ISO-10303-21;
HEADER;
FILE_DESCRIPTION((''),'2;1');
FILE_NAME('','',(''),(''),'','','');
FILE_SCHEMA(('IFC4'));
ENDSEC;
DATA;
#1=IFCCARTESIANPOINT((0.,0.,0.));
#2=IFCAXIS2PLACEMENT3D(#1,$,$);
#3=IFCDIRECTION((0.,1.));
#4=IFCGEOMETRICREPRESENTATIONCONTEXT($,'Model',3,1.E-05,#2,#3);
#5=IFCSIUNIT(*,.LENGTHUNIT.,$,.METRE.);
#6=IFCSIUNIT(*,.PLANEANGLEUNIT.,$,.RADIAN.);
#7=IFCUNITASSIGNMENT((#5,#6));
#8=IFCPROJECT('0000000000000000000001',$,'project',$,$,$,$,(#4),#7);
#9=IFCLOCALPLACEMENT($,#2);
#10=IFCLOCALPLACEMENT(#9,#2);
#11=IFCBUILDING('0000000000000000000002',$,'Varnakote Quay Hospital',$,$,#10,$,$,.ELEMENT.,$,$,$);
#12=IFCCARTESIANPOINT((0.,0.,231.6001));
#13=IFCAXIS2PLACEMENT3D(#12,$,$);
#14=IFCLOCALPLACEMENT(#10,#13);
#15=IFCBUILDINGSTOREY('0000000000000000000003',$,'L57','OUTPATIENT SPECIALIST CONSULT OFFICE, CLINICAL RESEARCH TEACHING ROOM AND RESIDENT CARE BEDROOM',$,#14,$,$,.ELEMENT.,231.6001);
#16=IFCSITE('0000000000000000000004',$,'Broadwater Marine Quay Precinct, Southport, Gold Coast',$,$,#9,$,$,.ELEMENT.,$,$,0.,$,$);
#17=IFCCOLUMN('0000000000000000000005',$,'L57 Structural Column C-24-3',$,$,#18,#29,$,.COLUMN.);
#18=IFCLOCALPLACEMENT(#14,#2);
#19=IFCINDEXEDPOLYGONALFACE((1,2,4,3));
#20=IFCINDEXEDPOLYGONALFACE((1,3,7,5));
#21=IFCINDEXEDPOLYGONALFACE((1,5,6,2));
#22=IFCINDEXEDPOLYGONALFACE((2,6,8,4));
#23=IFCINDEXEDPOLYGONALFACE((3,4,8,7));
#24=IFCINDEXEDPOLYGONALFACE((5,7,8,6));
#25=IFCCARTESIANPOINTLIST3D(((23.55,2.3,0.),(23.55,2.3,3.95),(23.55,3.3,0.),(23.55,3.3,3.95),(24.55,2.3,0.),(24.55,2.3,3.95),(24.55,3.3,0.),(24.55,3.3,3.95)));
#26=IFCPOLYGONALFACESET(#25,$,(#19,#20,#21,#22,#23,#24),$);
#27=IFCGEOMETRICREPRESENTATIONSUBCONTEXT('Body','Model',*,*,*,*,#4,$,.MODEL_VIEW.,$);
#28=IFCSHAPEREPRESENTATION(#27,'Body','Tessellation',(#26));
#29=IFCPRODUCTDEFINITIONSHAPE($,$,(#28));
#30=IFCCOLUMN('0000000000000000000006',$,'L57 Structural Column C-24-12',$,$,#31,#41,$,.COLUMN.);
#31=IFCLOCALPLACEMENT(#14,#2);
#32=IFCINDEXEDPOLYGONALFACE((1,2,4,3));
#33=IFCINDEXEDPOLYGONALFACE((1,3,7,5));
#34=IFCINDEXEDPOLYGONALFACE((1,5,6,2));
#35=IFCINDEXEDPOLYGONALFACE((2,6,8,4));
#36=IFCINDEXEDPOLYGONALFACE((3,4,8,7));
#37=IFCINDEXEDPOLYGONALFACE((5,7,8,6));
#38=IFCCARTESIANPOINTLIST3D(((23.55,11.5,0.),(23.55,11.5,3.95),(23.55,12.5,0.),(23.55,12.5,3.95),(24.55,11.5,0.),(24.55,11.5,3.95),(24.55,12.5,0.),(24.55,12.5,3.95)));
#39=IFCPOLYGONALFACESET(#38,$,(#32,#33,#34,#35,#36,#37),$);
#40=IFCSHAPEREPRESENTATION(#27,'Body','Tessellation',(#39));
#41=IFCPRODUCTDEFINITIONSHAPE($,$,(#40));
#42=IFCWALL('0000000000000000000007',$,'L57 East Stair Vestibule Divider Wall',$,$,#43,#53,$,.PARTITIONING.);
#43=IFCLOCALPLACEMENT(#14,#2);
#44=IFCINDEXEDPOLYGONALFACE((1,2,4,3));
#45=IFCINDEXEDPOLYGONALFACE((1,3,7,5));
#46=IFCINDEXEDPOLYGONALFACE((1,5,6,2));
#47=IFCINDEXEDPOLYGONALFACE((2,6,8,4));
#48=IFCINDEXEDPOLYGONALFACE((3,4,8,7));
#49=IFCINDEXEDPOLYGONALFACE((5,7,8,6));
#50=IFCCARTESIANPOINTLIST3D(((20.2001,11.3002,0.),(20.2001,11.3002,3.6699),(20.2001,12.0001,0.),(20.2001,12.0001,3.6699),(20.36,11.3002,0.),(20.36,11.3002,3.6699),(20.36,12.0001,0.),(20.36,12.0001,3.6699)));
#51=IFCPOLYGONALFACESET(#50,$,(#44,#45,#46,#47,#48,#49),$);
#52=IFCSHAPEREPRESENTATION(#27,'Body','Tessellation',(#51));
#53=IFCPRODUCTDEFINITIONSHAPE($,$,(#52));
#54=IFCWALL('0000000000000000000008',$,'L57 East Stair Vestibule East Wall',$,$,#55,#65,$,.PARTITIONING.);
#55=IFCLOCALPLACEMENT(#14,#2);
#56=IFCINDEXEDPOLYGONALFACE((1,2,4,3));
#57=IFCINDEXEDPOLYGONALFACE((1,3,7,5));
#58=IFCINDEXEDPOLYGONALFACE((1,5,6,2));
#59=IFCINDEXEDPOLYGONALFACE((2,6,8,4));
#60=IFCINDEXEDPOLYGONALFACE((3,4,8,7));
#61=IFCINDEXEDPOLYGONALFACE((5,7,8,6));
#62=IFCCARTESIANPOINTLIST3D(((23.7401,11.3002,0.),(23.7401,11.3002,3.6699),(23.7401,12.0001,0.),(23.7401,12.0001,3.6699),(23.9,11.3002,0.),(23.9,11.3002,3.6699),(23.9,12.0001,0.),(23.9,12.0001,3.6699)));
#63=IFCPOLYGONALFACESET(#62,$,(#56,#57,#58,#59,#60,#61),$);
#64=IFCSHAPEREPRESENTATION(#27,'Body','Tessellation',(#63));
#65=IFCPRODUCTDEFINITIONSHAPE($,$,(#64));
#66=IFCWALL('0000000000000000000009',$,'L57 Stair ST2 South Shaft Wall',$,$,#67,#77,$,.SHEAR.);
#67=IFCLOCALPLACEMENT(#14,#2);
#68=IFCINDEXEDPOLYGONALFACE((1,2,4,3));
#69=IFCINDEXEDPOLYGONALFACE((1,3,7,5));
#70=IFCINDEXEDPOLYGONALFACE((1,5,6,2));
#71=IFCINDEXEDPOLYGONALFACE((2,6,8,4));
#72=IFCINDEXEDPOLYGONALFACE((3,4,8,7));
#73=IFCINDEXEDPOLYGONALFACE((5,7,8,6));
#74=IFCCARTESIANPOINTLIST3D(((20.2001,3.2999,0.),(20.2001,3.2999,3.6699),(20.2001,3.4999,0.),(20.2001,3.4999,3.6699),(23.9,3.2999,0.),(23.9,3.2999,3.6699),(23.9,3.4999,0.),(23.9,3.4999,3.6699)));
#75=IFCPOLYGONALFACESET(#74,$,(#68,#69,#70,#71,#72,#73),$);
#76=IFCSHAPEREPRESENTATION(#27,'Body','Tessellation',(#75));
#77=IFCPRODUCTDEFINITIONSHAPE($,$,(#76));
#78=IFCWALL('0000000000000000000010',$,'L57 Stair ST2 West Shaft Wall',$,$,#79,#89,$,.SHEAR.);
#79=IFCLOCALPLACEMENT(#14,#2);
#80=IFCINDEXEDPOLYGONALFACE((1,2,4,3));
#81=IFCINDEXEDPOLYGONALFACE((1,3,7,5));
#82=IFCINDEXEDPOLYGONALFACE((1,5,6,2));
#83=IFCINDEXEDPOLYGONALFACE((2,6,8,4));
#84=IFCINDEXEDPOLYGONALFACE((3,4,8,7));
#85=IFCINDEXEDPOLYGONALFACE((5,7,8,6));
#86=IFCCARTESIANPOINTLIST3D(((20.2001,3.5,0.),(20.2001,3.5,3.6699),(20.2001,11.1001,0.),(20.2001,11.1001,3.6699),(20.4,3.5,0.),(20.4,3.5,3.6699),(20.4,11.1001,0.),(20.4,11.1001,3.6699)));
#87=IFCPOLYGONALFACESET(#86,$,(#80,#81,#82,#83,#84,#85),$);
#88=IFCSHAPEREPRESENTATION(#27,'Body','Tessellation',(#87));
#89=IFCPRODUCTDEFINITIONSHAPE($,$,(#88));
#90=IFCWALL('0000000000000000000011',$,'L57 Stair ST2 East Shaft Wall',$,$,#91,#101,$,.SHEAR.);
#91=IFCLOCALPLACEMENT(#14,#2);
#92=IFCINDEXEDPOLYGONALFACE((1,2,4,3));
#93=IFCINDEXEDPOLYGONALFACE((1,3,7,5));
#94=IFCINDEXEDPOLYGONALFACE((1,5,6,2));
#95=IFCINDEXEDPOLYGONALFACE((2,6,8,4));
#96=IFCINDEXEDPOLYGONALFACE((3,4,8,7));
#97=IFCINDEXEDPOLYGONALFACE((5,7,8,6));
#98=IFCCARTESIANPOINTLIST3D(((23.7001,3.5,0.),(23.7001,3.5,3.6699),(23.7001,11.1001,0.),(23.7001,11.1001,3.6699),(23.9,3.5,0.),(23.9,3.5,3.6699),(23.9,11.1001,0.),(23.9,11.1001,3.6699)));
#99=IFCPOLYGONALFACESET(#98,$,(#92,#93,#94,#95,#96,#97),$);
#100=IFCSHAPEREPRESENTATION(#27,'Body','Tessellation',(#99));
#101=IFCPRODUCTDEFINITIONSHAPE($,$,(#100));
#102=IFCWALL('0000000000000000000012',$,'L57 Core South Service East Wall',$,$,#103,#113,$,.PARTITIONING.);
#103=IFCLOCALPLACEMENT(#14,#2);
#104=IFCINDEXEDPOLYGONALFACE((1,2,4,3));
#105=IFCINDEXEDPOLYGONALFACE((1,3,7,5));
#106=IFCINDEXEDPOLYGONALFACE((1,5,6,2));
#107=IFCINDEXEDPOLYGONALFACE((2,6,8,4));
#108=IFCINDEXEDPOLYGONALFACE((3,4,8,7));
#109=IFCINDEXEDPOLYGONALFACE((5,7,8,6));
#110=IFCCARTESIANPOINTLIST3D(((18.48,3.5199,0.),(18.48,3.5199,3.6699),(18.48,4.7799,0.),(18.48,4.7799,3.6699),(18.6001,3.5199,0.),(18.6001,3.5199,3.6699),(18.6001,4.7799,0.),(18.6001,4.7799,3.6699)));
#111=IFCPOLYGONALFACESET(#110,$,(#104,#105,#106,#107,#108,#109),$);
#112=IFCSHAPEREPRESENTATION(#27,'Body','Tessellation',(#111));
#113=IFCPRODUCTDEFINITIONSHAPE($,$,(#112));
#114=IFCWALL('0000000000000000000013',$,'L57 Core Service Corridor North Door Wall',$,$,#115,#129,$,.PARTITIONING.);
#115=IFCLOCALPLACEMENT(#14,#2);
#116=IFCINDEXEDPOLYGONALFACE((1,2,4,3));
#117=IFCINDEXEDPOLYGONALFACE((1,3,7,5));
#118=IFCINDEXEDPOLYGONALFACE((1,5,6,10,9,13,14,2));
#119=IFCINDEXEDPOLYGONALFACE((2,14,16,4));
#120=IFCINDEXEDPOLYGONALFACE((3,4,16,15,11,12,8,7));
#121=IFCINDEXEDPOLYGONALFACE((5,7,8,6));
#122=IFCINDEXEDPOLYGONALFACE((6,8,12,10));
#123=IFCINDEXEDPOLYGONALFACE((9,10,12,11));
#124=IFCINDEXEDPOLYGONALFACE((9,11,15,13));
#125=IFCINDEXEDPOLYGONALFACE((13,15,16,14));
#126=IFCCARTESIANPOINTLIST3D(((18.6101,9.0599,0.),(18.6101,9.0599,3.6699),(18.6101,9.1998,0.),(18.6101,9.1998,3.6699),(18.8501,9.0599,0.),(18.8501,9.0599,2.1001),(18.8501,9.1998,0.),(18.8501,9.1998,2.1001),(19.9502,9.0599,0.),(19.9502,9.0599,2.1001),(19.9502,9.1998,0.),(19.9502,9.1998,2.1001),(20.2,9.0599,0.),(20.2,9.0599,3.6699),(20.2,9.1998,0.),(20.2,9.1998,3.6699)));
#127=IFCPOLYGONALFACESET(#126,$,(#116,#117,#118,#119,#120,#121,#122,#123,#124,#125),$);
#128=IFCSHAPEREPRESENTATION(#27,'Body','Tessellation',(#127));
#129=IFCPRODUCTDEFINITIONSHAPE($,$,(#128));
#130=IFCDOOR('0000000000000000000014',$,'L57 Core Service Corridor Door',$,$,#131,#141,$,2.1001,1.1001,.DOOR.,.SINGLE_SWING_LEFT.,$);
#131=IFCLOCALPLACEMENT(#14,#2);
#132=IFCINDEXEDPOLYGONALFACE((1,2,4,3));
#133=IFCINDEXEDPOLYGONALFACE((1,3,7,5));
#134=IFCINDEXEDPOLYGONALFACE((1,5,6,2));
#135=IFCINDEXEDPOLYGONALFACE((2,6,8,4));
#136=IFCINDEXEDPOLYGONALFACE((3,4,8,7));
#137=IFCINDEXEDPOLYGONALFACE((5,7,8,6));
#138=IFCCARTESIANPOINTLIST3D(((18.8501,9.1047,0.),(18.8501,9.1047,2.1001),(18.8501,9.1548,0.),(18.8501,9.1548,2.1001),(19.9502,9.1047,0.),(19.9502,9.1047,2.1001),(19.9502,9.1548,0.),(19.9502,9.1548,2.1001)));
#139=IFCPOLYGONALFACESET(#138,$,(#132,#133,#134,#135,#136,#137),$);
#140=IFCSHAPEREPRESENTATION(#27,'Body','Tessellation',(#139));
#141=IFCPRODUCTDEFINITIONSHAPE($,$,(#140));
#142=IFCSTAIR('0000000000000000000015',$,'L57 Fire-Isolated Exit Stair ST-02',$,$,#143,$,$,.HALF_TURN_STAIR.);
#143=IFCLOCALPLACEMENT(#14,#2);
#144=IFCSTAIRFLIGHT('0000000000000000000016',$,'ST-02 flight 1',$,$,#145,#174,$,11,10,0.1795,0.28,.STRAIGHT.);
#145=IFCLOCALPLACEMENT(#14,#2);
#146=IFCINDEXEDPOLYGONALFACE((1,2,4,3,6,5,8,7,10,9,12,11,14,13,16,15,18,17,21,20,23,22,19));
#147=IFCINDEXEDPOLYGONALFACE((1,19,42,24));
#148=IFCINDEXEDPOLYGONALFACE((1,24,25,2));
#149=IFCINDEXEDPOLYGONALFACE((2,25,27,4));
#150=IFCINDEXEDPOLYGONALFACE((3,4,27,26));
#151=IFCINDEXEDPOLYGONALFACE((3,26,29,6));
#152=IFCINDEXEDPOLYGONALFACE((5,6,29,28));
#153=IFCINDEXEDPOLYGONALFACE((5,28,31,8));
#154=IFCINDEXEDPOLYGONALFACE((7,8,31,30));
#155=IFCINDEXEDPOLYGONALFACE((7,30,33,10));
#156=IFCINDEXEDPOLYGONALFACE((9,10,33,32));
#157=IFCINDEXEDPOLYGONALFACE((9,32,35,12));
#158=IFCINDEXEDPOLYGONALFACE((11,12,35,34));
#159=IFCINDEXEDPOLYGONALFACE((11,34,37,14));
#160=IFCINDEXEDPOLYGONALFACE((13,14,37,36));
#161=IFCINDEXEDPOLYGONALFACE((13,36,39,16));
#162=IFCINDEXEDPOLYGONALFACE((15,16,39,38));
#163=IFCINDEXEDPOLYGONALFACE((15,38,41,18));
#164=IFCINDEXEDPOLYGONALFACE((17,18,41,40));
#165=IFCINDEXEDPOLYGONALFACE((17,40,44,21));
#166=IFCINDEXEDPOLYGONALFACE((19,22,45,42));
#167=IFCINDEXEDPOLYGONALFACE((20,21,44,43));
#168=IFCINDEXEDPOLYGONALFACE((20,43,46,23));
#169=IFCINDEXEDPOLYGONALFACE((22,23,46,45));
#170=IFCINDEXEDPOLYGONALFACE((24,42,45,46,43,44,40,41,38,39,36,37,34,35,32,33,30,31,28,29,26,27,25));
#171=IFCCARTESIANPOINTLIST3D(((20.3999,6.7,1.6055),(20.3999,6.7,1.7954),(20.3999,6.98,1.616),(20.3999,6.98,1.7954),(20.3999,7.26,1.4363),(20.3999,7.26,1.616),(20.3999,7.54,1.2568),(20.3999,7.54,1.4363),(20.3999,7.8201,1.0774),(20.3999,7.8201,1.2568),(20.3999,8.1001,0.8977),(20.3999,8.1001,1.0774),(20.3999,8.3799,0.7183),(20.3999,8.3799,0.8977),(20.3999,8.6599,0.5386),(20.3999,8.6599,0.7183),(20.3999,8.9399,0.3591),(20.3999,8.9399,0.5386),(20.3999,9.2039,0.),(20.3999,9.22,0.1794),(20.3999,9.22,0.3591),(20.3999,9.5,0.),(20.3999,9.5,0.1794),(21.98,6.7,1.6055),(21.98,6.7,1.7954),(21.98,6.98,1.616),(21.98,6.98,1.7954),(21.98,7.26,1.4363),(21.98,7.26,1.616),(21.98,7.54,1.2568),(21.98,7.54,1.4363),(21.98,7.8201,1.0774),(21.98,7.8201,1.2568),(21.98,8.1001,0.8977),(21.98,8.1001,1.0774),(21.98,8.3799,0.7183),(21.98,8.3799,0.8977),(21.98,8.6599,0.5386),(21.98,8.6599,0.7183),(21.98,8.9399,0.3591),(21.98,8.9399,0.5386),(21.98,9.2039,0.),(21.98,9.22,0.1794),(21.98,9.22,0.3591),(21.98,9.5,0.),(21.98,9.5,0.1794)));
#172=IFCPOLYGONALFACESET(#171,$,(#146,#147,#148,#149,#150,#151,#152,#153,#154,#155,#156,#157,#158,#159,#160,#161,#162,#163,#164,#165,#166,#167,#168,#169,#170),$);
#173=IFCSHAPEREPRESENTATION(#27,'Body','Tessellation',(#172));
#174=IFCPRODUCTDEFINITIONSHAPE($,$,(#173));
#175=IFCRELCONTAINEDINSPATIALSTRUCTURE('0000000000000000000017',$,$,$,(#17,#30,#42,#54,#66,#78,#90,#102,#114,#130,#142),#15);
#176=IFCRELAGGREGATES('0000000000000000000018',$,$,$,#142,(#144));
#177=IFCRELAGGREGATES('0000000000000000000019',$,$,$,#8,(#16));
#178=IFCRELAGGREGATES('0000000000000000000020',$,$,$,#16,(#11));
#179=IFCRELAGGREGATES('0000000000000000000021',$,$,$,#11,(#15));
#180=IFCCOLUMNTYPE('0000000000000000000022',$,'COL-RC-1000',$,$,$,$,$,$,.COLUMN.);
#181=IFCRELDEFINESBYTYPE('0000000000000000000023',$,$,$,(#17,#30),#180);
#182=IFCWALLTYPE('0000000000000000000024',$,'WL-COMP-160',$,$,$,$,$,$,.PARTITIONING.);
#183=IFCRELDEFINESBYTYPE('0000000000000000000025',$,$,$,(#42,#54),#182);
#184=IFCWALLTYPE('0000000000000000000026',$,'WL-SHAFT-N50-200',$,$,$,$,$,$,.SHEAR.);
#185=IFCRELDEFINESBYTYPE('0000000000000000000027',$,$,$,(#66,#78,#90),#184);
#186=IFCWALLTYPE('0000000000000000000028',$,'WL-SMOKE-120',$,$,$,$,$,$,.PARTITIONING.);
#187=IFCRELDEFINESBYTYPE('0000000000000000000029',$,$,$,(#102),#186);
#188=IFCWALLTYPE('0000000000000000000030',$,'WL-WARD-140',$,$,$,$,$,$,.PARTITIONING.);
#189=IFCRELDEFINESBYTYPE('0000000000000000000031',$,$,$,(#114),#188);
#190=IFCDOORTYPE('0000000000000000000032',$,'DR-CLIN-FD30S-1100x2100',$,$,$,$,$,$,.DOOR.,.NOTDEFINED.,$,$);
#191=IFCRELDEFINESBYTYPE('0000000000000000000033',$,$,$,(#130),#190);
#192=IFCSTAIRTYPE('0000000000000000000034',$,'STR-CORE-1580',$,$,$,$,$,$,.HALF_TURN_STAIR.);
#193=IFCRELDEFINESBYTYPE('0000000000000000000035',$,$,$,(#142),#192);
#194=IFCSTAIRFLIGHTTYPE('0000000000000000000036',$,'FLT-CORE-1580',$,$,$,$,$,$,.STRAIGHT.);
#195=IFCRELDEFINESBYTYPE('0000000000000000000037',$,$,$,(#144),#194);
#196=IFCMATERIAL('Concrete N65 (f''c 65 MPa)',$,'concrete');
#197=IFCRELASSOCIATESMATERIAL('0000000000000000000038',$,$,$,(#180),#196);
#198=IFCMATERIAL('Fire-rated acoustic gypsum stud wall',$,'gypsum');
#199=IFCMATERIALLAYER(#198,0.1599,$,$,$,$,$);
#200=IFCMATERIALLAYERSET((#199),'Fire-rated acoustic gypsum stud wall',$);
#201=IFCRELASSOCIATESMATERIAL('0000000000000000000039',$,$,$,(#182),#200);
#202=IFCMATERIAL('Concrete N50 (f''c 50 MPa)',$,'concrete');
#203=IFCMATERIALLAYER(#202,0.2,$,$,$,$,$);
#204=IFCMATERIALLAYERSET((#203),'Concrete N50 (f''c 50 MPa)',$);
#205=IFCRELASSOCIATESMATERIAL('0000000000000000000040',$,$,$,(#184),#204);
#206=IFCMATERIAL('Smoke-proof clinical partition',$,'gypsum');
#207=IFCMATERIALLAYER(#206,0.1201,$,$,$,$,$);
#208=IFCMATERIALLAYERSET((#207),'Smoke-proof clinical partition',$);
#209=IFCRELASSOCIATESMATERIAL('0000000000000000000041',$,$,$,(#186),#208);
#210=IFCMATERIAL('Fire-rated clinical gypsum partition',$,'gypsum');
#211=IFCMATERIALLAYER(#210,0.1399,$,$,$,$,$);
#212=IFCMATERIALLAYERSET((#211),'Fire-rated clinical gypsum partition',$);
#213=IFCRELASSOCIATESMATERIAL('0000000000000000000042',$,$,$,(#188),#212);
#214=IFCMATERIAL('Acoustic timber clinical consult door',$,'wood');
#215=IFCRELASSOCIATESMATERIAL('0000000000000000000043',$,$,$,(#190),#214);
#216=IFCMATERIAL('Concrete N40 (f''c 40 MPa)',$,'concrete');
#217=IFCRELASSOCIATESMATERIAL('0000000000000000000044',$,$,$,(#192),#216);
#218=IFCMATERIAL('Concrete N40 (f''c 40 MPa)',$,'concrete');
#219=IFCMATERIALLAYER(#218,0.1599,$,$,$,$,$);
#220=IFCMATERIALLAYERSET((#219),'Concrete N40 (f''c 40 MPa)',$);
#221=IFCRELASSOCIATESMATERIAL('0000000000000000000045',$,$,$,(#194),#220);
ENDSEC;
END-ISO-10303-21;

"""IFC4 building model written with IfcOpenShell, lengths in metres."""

from ifc_helpers import new_model, si_unit, direction, frame, frame_2d, origin, origin_2d, place, context, subcontext, project, spatial, polyline, rectangle, outline, extrude, material, layer, layer_set, material_profile, profile_set, type_object, element, fill, aggregate, save


model = new_model("IFC4")

# Units and contexts
model_context = context("Model", 3, precision=1e-05, world=origin(), true_north=direction((0.0, 1.0)))
body_context = subcontext(model_context, "Body", "Model", "MODEL_VIEW")
ifc_project = project(units=[si_unit("LENGTHUNIT", "METRE"), si_unit("PLANEANGLEUNIT", "RADIAN")], contexts=[model_context])

# Site, building, storey
site_placement = place(None, origin())
site = spatial("IfcSite", under=ifc_project, at=site_placement, Name="Broadwater Marine Quay Precinct, Southport, Gold Coast", CompositionType="ELEMENT", RefElevation=0.0)
building_placement = place(site_placement, origin())
building = spatial("IfcBuilding", under=site, at=building_placement, Name="Varnakote Quay Hospital", CompositionType="ELEMENT")
storey_placement = place(building_placement, frame((0.0, 0.0, 231.6001)))
storey = spatial("IfcBuildingStorey", under=building, at=storey_placement, Name="L57", Description="OUTPATIENT SPECIALIST CONSULT OFFICE, CLINICAL RESEARCH TEACHING ROOM AND RESIDENT CARE BEDROOM", CompositionType="ELEMENT", Elevation=231.6001)

# Columns
ifc_material_1 = material(Name="Concrete N65 (f'c 65 MPa)", Category="concrete")
ifc_material_profile = material_profile(ifc_material_1, rectangle(XDim=1.0, YDim=1.0, at=origin_2d()), Name="RC-COL-1000x1000")
ifc_profile_set = profile_set([ifc_material_profile], Name="Concrete N65 (f'c 65 MPa)")
column_type = type_object("IfcColumnType", Name="COL-RC-1000", PredefinedType="COLUMN", material=ifc_profile_set)
for number, where, z_axis, x_axis, name in (
    (1, (24.05, 2.8, 0.0), (0.0, 0.0, 1.0), (1.0, 0.0, 0.0), "L57 Structural Column C-24-3"),
    (2, (24.05, 12.0, 0.0), (0.0, 0.0, 1.0), (1.0, 0.0, 0.0), "L57 Structural Column C-24-12"),
):
    element("IfcColumn", number, at=place(storey_placement, frame(where, z_axis=z_axis, x_axis=x_axis)), inside=storey, type_object=column_type, Name=name, PredefinedType="COLUMN", context=body_context, shape_type="SweptSolid", body=[
        extrude(rectangle(XDim=1.0, YDim=1.0, at=origin_2d()), origin(), (0.0, 0.0, 1.0), 3.95),
    ])

# Walls
ifc_material_2 = material(Name="Fire-rated acoustic gypsum stud wall", Category="gypsum")
ifc_layer_1 = layer(ifc_material_2, 0.1599)
ifc_layer_set_1 = layer_set([ifc_layer_1], Name="Fire-rated acoustic gypsum stud wall")
wall_type_1 = type_object("IfcWallType", Name="WL-COMP-160", PredefinedType="PARTITIONING", material=ifc_layer_set_1)
for number, where, z_axis, x_axis, name in (
    (3, (20.28, 11.3, 0.0), (0.0, 0.0, 1.0), (0.0, 1.0, 0.0), "L57 East Stair Vestibule Divider Wall"),
    (4, (23.8201, 11.3, 0.0), (0.0, 0.0, 1.0), (0.0, 1.0, 0.0), "L57 East Stair Vestibule East Wall"),
):
    element("IfcWall", number, at=place(storey_placement, frame(where, z_axis=z_axis, x_axis=x_axis)), inside=storey, type_object=wall_type_1, Name=name, PredefinedType="PARTITIONING", context=body_context, shape_type="SweptSolid", body=[
        extrude(rectangle(XDim=0.7, YDim=0.1599, at=frame_2d((0.3501, 0.0))), origin(), (0.0, 0.0, 1.0), 3.6699),
    ])
ifc_material_3 = material(Name="Concrete N50 (f'c 50 MPa)", Category="concrete")
ifc_layer_2 = layer(ifc_material_3, 0.2)
ifc_layer_set_2 = layer_set([ifc_layer_2], Name="Concrete N50 (f'c 50 MPa)")
wall_type_2 = type_object("IfcWallType", Name="WL-SHAFT-N50-200", PredefinedType="SHEAR", material=ifc_layer_set_2)
wall_1_placement = place(storey_placement, frame((20.2, 3.3999, 0.0), z_axis=(0.0, 0.0, 1.0), x_axis=(1.0, 0.0, 0.0)))
element("IfcWall", 5, at=wall_1_placement, inside=storey, type_object=wall_type_2, Name="L57 Stair ST2 South Shaft Wall", PredefinedType="SHEAR", context=body_context, shape_type="SweptSolid", body=[
    extrude(rectangle(XDim=3.7, YDim=0.2, at=frame_2d((1.8501, 0.0))), origin(), (0.0, 0.0, 1.0), 3.6699),
])
for number, where, z_axis, x_axis, name in (
    (6, (20.3, 3.5, 0.0), (0.0, 0.0, 1.0), (0.0, 1.0, 0.0), "L57 Stair ST2 West Shaft Wall"),
    (7, (23.8, 3.5, 0.0), (0.0, 0.0, 1.0), (0.0, 1.0, 0.0), "L57 Stair ST2 East Shaft Wall"),
):
    element("IfcWall", number, at=place(storey_placement, frame(where, z_axis=z_axis, x_axis=x_axis)), inside=storey, type_object=wall_type_2, Name=name, PredefinedType="SHEAR", context=body_context, shape_type="SweptSolid", body=[
        extrude(rectangle(XDim=7.6001, YDim=0.2, at=frame_2d((3.8, 0.0))), origin(), (0.0, 0.0, 1.0), 3.6699),
    ])

# Wall
ifc_material_4 = material(Name="Smoke-proof clinical partition", Category="gypsum")
ifc_layer_3 = layer(ifc_material_4, 0.1201)
ifc_layer_set_3 = layer_set([ifc_layer_3], Name="Smoke-proof clinical partition")
wall_type_3 = type_object("IfcWallType", Name="WL-SMOKE-120", PredefinedType="PARTITIONING", material=ifc_layer_set_3)
wall_2_placement = place(storey_placement, frame((18.54, 3.52, 0.0), z_axis=(0.0, 0.0, 1.0), x_axis=(0.0, 1.0, 0.0)))
element("IfcWall", 8, at=wall_2_placement, inside=storey, type_object=wall_type_3, Name="L57 Core South Service East Wall", PredefinedType="PARTITIONING", context=body_context, shape_type="SweptSolid", body=[
    extrude(rectangle(XDim=1.26, YDim=0.1201, at=frame_2d((0.6299, 0.0))), origin(), (0.0, 0.0, 1.0), 3.6699),
])

# Wall, opening, door
ifc_material_5 = material(Name="Fire-rated clinical gypsum partition", Category="gypsum")
ifc_layer_4 = layer(ifc_material_5, 0.1399)
ifc_layer_set_4 = layer_set([ifc_layer_4], Name="Fire-rated clinical gypsum partition")
wall_type_4 = type_object("IfcWallType", Name="WL-WARD-140", PredefinedType="PARTITIONING", material=ifc_layer_set_4)
wall_3_placement = place(storey_placement, frame((18.6101, 9.1299, 0.0), z_axis=(0.0, 0.0, 1.0), x_axis=(1.0, 0.0, 0.0)))
wall_3 = element("IfcWall", 9, at=wall_3_placement, inside=storey, type_object=wall_type_4, Name="L57 Core Service Corridor North Door Wall", PredefinedType="PARTITIONING", context=body_context, shape_type="SweptSolid", body=[
    extrude(rectangle(XDim=1.5898, YDim=0.1399, at=frame_2d((0.7949, 0.0))), origin(), (0.0, 0.0, 1.0), 3.6699),
])
opening_1_placement = place(wall_3_placement, frame((0.24, 0.0, 0.0)))
opening_1 = element("IfcOpeningElement", 10, at=opening_1_placement, cuts=wall_3, PredefinedType="OPENING", context=body_context, shape_type="SweptSolid", body=[
    extrude(rectangle(XDim=1.1001, YDim=2.1001, at=frame_2d((0.55, 1.05))), frame((0.0, 0.0798, 0.0), z_axis=(0.0, -1.0, 0.0), x_axis=(1.0, 0.0, 0.0)), (0.0, 0.0, 1.0), 0.1599),
])
ifc_material_6 = material(Name="Acoustic timber clinical consult door", Category="wood")
door_type_1 = type_object("IfcDoorType", Name="DR-CLIN-FD30S-1100x2100", OperationType="NOTDEFINED", PredefinedType="DOOR", material=ifc_material_6)
door_1_placement = place(opening_1_placement, origin())
door_1 = element("IfcDoor", 11, at=door_1_placement, inside=storey, type_object=door_type_1, Name="L57 Core Service Corridor Door", OperationType="SINGLE_SWING_LEFT", OverallHeight=2.1001, OverallWidth=1.1001, PredefinedType="DOOR", context=body_context, shape_type="SweptSolid", body=[
    extrude(rectangle(XDim=1.1001, YDim=2.1001, at=frame_2d((0.55, 1.05))), frame((0.0, 0.0249, 0.0), z_axis=(0.0, -1.0, 0.0), x_axis=(1.0, 0.0, 0.0)), (0.0, 0.0, 1.0), 0.05),
])
fill(opening_1, door_1)

# Stair, stair flight
ifc_material_7 = material(Name="Concrete N40 (f'c 40 MPa)", Category="concrete")
stair_type = type_object("IfcStairType", Name="STR-CORE-1580", PredefinedType="HALF_TURN_STAIR", material=ifc_material_7)
stair_placement = place(storey_placement, origin())
stair = element("IfcStair", 12, at=stair_placement, inside=storey, type_object=stair_type, Name="L57 Fire-Isolated Exit Stair ST-02", PredefinedType="HALF_TURN_STAIR")
ifc_material_8 = material(Name="Concrete N40 (f'c 40 MPa)", Category="concrete")
ifc_layer_5 = layer(ifc_material_8, 0.1599)
ifc_layer_set_5 = layer_set([ifc_layer_5], Name="Concrete N40 (f'c 40 MPa)")
stair_flight_type = type_object("IfcStairFlightType", Name="FLT-CORE-1580", PredefinedType="STRAIGHT", material=ifc_layer_set_5)
stair_flight_1_placement = place(storey_placement, frame((21.1899, 9.5, 0.0), z_axis=(0.0, 0.0, 1.0), x_axis=(0.0, -1.0, 0.0)))
stair_flight_1 = element("IfcStairFlight", 13, at=stair_flight_1_placement, type_object=stair_flight_type, Name="ST-02 flight 1", NumberOfRisers=11, NumberOfTreads=10, PredefinedType="STRAIGHT", RiserHeight=0.1795, TreadLength=0.28, context=body_context, shape_type="SweptSolid", body=[
    extrude(outline(polyline([(0.0, 0.0), (0.0, 0.1794), (0.28, 0.1794), (0.28, 0.3591), (0.5601, 0.3591), (0.5601, 0.5386), (0.8401, 0.5386), (0.8401, 0.7183), (1.1201, 0.7183), (1.1201, 0.8977), (1.3999, 0.8977), (1.3999, 1.0774), (1.6799, 1.0774), (1.6799, 1.2568), (1.96, 1.2568), (1.96, 1.4363), (2.24, 1.4363), (2.24, 1.616), (2.52, 1.616), (2.52, 1.7954), (2.8, 1.7954), (2.8, 1.9751), (2.8, 1.6055), (0.2961, 0.0), (0.0, 0.0)])), frame((0.0, 0.79, 0.0), z_axis=(0.0, -1.0, 0.0), x_axis=(1.0, 0.0, 0.0)), (0.0, 0.0, 1.0), 1.5801),
])
aggregate(stair, [stair_flight_1])

save(model, "model.ifc")
